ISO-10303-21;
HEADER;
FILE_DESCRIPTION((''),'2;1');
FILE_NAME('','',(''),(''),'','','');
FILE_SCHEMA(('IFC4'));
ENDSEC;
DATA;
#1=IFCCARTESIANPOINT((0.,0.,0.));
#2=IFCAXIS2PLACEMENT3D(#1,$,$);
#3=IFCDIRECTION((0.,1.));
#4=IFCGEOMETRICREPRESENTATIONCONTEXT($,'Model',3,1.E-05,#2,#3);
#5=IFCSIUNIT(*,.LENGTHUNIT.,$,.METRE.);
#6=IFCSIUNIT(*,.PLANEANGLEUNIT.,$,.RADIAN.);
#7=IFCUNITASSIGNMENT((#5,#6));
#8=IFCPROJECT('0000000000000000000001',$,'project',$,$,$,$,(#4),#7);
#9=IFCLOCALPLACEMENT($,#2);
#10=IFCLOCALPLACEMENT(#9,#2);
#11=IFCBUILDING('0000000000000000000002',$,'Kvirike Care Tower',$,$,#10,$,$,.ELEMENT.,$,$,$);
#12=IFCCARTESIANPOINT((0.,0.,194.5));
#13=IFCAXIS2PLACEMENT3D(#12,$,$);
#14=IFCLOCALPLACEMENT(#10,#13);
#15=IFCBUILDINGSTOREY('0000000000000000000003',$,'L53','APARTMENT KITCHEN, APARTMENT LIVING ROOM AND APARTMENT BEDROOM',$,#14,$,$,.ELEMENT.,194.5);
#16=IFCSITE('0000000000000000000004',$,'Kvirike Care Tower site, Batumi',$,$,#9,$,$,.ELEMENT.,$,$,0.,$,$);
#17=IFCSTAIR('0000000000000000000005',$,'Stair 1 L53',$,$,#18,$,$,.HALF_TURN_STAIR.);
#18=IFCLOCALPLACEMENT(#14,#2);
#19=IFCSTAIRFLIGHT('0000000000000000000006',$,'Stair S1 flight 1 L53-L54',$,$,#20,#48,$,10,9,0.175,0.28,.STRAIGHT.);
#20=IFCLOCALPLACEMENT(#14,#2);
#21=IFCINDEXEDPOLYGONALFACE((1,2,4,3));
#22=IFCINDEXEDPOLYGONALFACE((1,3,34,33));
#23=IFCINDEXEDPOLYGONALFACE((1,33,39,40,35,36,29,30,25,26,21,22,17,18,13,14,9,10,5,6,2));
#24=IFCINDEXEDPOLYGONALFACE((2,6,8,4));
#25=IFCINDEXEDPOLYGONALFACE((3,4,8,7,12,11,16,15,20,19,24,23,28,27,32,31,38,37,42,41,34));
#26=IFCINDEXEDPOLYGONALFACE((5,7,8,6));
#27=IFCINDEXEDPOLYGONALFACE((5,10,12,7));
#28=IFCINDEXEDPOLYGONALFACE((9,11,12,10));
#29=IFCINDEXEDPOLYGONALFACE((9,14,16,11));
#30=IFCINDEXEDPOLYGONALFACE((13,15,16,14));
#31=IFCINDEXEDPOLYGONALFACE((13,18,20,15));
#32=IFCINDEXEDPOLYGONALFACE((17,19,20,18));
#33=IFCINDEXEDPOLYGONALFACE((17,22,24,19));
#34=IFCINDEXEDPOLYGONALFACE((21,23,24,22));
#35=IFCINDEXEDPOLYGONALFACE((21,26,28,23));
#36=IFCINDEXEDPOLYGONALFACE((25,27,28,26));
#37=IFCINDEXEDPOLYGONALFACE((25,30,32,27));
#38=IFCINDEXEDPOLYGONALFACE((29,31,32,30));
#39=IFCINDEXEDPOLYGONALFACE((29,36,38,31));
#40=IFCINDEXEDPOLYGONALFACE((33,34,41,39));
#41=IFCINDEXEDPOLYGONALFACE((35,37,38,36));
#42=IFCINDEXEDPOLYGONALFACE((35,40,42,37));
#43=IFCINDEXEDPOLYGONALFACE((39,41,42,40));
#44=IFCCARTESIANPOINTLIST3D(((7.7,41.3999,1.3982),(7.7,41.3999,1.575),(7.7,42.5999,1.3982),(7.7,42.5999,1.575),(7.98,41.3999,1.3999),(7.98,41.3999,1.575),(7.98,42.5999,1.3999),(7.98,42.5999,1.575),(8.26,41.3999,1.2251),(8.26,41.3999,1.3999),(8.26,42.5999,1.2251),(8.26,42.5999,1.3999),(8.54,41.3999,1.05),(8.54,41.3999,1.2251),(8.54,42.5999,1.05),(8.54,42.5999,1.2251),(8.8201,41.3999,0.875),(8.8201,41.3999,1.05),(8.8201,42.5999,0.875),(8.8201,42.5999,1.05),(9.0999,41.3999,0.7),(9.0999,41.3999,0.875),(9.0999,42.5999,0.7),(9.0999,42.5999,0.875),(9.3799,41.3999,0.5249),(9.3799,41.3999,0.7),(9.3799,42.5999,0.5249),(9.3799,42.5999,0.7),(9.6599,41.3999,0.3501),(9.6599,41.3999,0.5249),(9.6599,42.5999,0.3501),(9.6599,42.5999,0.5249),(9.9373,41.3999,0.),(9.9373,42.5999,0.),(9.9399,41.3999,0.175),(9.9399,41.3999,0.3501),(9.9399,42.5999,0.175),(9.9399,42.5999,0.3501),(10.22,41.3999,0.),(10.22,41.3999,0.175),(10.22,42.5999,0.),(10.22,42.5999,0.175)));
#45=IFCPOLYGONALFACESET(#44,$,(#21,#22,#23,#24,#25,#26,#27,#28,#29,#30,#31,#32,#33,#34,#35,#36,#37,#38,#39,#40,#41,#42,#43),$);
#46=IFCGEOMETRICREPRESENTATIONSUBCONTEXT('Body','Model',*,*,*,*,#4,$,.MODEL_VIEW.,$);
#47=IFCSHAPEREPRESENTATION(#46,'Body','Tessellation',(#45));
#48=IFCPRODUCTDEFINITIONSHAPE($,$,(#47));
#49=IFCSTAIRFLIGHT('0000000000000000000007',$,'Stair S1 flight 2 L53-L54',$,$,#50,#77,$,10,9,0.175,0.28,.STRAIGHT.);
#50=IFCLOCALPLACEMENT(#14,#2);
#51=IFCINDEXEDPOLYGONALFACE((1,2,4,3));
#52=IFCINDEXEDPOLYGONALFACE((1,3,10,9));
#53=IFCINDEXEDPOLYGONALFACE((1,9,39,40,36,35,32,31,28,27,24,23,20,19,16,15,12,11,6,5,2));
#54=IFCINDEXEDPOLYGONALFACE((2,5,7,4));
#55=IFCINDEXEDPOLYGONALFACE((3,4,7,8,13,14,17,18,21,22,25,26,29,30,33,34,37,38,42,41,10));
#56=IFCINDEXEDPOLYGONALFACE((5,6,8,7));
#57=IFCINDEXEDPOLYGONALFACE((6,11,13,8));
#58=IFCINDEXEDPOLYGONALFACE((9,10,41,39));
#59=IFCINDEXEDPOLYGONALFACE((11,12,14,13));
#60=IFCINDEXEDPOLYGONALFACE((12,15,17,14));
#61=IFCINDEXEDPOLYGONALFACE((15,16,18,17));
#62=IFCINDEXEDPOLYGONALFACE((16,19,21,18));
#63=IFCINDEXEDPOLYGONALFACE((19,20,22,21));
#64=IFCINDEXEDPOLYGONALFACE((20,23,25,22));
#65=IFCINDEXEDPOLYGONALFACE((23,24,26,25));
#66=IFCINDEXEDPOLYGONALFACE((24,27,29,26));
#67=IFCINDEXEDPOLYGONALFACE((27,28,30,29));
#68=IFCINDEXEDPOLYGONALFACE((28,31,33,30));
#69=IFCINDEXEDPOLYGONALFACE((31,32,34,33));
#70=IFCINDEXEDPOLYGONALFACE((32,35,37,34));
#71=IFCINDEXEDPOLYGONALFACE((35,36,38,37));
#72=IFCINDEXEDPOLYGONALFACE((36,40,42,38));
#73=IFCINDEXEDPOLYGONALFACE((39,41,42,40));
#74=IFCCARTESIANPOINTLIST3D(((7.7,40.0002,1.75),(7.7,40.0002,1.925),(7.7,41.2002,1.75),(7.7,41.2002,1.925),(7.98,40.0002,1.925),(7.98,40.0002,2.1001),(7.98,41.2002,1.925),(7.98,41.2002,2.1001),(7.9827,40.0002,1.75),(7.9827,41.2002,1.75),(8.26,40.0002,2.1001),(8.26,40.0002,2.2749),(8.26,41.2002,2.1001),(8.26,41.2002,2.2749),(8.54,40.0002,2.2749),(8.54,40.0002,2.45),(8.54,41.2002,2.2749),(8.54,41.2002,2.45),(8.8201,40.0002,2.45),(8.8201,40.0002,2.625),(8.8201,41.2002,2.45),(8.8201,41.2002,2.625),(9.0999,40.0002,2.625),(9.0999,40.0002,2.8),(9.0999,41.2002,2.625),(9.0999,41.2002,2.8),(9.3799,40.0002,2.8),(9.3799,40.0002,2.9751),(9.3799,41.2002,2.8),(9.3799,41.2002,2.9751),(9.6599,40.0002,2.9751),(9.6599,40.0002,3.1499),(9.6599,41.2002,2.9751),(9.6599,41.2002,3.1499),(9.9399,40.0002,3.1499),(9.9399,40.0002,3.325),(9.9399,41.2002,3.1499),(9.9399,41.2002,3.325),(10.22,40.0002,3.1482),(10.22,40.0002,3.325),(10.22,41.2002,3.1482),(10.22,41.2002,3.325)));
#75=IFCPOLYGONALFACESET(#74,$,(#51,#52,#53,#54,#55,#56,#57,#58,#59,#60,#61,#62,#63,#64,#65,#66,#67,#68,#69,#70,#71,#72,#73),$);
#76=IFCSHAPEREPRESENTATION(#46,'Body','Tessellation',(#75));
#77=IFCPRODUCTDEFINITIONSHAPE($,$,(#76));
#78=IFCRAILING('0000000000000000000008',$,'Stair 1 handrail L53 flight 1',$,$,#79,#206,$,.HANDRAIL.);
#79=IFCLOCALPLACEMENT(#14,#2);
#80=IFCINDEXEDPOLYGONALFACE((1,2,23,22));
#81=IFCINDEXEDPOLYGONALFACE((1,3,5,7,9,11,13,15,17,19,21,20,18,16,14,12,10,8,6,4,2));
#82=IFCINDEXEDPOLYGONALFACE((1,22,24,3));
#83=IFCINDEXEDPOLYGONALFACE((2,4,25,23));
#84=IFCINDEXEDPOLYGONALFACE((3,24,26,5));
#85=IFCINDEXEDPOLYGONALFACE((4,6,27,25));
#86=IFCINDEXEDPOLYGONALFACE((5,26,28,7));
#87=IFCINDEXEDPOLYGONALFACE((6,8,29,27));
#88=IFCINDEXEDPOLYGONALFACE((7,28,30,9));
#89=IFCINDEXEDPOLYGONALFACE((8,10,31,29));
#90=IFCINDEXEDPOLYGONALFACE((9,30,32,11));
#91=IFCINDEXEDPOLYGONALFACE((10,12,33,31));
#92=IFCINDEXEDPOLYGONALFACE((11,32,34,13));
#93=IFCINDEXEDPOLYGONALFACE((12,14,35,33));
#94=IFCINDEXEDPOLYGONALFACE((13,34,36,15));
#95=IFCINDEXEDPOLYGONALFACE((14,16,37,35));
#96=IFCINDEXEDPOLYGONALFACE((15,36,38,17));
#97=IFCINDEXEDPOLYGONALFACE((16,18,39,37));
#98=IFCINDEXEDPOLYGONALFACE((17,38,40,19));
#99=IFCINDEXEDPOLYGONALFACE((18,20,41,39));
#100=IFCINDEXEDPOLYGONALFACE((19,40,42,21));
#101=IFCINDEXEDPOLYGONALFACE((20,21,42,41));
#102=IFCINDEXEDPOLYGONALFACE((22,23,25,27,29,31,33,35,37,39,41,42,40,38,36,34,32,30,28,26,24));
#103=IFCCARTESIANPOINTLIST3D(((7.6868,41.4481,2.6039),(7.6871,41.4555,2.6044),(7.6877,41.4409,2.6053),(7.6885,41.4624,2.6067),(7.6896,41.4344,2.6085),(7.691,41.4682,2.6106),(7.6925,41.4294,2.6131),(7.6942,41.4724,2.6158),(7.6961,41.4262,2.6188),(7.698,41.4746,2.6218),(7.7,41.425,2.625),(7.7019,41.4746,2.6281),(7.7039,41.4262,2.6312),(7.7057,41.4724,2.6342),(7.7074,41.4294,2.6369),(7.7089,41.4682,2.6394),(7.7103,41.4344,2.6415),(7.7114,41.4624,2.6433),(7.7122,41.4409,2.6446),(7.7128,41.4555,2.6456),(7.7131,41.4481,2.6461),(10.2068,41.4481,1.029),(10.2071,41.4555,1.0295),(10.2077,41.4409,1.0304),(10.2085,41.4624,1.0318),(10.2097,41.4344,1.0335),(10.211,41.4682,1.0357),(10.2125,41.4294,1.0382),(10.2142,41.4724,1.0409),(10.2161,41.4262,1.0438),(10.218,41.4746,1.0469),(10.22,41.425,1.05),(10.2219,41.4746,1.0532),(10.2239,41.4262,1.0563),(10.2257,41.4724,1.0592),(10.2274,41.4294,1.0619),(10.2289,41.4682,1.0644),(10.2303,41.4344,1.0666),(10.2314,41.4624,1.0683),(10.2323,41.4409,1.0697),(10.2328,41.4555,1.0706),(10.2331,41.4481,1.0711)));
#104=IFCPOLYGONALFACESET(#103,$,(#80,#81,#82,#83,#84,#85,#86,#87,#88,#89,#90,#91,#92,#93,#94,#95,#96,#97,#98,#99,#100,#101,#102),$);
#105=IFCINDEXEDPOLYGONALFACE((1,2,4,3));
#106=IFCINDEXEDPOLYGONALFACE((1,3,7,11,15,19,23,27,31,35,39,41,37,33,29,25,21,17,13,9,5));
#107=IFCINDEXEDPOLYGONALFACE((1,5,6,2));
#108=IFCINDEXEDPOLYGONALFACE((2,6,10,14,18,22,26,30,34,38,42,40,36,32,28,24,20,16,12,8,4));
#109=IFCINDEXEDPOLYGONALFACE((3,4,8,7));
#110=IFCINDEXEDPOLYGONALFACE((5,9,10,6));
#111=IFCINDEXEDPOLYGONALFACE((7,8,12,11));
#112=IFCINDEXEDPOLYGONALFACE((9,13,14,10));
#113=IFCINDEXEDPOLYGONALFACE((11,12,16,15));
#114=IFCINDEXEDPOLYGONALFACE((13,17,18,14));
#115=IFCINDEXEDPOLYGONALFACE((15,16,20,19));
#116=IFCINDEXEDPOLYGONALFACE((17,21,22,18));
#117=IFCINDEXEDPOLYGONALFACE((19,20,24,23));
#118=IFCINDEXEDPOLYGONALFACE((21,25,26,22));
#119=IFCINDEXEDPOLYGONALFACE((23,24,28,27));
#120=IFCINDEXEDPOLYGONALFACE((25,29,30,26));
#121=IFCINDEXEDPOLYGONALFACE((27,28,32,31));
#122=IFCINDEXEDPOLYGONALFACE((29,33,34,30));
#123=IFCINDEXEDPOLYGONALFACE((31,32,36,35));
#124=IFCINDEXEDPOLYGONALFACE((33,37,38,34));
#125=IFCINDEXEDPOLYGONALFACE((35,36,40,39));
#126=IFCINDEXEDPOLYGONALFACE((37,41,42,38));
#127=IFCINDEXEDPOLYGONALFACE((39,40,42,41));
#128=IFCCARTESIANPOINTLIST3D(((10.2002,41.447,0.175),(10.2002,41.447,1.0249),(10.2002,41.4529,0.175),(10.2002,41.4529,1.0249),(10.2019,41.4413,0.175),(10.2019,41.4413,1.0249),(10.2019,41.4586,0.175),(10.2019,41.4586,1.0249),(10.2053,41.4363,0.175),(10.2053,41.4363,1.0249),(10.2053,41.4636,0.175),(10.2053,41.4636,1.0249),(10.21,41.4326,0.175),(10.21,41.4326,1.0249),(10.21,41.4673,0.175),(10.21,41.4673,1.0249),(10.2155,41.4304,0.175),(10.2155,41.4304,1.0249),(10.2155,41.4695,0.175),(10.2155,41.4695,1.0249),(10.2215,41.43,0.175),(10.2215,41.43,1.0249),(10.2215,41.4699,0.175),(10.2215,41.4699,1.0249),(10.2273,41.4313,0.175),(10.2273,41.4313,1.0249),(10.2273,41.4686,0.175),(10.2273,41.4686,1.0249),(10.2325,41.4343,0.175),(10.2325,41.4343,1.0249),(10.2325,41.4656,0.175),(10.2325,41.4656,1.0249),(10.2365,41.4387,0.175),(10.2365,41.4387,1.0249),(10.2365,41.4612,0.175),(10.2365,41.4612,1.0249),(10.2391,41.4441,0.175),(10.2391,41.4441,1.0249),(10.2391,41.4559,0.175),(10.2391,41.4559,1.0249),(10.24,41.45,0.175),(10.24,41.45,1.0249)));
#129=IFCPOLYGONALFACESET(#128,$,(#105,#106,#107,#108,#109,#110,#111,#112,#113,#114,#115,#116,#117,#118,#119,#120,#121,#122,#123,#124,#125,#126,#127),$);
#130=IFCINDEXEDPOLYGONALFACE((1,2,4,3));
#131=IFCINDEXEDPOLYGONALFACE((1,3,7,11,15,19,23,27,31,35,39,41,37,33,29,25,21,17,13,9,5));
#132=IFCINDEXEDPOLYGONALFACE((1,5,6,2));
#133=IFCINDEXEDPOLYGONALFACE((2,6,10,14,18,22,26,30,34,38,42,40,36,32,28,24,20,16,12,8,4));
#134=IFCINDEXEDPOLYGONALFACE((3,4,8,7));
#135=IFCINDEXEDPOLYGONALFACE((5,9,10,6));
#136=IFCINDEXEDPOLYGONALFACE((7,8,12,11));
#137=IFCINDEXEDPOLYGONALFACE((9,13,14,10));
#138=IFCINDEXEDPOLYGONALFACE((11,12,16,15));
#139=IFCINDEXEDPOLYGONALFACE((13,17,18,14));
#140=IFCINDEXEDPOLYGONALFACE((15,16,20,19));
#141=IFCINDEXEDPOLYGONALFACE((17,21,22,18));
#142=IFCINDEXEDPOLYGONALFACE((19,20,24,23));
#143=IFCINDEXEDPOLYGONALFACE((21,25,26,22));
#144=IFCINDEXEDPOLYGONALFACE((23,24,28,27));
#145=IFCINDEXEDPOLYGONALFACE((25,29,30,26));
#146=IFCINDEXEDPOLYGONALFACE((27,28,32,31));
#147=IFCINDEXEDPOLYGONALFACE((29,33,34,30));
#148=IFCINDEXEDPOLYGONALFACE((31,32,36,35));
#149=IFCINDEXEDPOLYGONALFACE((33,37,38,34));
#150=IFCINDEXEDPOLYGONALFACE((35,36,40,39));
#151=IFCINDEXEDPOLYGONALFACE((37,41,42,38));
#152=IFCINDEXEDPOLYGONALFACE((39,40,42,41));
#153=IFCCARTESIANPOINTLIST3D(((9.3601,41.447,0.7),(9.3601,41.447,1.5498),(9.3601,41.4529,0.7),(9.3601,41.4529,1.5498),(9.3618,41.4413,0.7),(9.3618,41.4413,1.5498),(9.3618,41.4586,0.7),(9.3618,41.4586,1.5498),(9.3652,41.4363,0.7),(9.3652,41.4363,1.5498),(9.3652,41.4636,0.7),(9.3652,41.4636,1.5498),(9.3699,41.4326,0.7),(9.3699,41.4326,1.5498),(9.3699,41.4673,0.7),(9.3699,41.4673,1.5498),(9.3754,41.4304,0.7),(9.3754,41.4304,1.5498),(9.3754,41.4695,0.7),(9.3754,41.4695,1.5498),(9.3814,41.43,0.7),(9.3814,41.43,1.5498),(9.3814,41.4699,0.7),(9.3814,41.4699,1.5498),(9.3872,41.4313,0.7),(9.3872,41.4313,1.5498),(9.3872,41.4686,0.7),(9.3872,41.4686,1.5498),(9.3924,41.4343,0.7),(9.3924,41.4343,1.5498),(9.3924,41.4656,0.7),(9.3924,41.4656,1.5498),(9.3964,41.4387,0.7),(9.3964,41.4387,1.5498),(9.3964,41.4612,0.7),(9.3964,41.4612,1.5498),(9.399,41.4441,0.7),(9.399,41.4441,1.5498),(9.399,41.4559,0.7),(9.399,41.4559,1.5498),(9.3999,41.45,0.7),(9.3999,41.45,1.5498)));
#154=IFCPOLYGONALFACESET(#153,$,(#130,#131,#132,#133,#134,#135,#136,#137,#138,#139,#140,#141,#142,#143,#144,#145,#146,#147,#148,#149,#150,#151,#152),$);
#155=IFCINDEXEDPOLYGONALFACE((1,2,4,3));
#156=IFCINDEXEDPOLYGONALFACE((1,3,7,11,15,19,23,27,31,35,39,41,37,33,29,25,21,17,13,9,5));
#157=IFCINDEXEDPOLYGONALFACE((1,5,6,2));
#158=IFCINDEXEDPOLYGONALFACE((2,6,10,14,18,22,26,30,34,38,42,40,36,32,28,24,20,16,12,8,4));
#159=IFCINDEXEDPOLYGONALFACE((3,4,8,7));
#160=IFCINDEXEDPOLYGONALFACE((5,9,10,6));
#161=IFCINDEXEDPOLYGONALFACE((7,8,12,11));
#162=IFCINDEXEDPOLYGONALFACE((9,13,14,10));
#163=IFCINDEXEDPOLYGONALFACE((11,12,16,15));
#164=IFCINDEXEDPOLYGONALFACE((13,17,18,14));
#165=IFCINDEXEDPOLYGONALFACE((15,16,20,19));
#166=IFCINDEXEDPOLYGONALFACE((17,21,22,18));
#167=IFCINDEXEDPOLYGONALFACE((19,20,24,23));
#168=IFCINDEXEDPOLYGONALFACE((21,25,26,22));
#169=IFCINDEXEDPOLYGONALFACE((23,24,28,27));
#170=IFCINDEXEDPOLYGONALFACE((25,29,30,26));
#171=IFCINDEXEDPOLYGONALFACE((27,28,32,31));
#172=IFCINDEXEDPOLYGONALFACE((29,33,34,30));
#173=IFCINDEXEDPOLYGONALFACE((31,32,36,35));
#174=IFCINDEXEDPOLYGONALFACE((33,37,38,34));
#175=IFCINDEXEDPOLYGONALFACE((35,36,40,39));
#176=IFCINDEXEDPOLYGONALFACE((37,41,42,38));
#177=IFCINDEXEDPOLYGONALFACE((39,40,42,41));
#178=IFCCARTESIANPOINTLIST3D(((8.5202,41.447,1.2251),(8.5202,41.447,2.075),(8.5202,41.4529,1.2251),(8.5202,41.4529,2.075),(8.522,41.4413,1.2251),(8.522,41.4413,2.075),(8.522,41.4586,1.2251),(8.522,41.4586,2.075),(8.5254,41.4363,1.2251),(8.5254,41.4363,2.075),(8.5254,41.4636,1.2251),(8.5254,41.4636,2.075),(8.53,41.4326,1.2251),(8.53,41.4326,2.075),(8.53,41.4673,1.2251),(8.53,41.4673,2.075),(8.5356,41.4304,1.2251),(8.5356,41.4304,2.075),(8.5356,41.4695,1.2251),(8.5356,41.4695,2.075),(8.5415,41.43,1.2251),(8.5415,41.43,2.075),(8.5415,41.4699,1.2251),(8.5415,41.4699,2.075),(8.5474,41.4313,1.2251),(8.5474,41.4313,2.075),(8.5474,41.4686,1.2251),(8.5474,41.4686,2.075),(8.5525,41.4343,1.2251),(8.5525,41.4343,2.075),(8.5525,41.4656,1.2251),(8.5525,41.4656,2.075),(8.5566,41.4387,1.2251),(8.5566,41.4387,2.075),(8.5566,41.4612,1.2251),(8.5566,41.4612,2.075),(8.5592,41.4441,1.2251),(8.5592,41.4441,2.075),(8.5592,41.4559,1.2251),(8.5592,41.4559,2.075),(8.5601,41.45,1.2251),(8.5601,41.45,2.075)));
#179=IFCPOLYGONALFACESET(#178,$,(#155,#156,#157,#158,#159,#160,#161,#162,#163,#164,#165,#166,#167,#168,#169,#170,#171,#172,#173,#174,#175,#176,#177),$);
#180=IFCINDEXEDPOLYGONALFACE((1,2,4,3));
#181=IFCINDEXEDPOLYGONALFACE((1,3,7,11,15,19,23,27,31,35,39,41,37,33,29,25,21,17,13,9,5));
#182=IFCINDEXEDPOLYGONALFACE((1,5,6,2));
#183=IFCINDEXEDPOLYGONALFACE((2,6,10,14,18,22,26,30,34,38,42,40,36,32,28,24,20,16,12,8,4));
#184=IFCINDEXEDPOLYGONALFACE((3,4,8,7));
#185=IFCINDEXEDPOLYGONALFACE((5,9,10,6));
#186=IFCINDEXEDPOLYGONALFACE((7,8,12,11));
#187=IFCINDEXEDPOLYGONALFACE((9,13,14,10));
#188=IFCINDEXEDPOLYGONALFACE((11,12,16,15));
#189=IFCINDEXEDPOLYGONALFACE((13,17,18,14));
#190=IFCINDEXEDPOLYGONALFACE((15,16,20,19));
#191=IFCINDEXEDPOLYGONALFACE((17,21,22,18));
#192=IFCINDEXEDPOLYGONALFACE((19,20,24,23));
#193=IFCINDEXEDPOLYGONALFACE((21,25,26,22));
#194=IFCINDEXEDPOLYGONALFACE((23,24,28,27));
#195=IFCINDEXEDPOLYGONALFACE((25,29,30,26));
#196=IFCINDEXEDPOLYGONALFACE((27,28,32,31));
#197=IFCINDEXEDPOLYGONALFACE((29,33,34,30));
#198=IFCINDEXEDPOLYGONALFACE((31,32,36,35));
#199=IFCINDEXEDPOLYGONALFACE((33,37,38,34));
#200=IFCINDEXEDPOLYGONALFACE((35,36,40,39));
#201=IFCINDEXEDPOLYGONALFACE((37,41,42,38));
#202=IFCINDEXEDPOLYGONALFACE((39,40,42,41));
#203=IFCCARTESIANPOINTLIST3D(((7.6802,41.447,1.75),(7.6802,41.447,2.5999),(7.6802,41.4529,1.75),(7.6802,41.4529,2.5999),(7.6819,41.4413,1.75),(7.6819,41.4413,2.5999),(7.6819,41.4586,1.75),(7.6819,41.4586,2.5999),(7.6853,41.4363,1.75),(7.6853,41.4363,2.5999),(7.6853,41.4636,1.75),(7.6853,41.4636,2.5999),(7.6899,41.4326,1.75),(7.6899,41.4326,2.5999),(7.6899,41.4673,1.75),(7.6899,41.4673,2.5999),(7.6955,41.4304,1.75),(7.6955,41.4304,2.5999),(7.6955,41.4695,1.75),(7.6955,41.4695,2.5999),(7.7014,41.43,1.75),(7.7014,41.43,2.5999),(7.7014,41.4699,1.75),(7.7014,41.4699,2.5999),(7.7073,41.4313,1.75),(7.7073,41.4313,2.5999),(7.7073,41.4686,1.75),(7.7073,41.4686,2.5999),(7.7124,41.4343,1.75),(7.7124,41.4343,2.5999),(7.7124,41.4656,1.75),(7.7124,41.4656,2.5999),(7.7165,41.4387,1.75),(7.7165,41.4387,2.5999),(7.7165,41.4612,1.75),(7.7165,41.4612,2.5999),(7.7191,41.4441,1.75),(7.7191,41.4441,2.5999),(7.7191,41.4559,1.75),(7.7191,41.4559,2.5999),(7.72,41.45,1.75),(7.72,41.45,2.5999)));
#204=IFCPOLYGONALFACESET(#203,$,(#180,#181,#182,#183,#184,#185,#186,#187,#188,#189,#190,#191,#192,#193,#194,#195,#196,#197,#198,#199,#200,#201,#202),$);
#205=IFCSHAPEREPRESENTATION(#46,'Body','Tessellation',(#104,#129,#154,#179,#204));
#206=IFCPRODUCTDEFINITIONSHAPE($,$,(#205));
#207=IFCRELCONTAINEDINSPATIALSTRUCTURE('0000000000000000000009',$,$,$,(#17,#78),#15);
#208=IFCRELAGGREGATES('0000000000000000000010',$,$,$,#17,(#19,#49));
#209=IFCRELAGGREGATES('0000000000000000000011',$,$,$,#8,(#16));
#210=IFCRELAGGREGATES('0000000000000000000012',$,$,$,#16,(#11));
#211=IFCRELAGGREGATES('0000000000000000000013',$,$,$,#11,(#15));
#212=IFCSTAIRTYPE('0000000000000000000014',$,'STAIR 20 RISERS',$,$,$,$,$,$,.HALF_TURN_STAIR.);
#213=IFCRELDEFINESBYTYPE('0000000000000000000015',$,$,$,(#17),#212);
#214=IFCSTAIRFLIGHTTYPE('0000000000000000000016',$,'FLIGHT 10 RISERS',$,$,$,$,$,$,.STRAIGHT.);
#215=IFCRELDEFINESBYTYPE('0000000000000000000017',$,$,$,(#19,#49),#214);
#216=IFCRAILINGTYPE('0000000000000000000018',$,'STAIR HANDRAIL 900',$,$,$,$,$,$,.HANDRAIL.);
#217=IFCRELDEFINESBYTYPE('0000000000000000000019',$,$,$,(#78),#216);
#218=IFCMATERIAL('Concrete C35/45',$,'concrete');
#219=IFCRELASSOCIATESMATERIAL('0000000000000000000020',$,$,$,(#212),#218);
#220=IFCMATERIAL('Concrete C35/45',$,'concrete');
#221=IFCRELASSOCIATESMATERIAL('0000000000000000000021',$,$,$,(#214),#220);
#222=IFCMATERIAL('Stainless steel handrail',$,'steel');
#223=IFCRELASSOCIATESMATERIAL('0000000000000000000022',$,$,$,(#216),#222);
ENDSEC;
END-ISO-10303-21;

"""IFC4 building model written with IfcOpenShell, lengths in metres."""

from ifc_helpers import new_model, si_unit, direction, frame, origin, origin_2d, place, context, subcontext, project, spatial, polyline, circle, outline, extrude, material, type_object, element, aggregate, save


model = new_model("IFC4")

# Units and contexts
model_context = context("Model", 3, precision=1e-05, world=origin(), true_north=direction((0.0, 1.0)))
body_context = subcontext(model_context, "Body", "Model", "MODEL_VIEW")
ifc_project = project(units=[si_unit("LENGTHUNIT", "METRE"), si_unit("PLANEANGLEUNIT", "RADIAN")], contexts=[model_context])

# Site, building, storey
site_placement = place(None, origin())
site = spatial("IfcSite", under=ifc_project, at=site_placement, Name="Kvirike Care Tower site, Batumi", CompositionType="ELEMENT", RefElevation=0.0)
building_placement = place(site_placement, origin())
building = spatial("IfcBuilding", under=site, at=building_placement, Name="Kvirike Care Tower", CompositionType="ELEMENT")
storey_placement = place(building_placement, frame((0.0, 0.0, 194.5)))
storey = spatial("IfcBuildingStorey", under=building, at=storey_placement, Name="L53", Description="APARTMENT KITCHEN, APARTMENT LIVING ROOM AND APARTMENT BEDROOM", CompositionType="ELEMENT", Elevation=194.5)

# Stair, stair flights
ifc_material_1 = material(Name="Concrete C35/45", Category="concrete")
stair_type = type_object("IfcStairType", Name="STAIR 20 RISERS", PredefinedType="HALF_TURN_STAIR", material=ifc_material_1)
stair_placement = place(storey_placement, origin())
stair = element("IfcStair", 1, at=stair_placement, inside=storey, type_object=stair_type, Name="Stair 1 L53", PredefinedType="HALF_TURN_STAIR")
ifc_material_2 = material(Name="Concrete C35/45", Category="concrete")
stair_flight_type = type_object("IfcStairFlightType", Name="FLIGHT 10 RISERS", PredefinedType="STRAIGHT", material=ifc_material_2)
stair_flight_1_placement = place(storey_placement, frame((10.22, 42.0, 0.0), z_axis=(0.0, 0.0, 1.0), x_axis=(-1.0, 0.0, 0.0)))
stair_flight_1 = element("IfcStairFlight", 2, at=stair_flight_1_placement, type_object=stair_flight_type, Name="Stair S1 flight 1 L53-L54", NumberOfRisers=10, NumberOfTreads=9, PredefinedType="STRAIGHT", RiserHeight=0.175, TreadLength=0.28, context=body_context, shape_type="SweptSolid", body=[
    extrude(outline(polyline([(0.0, 0.0), (0.0, 0.175), (0.28, 0.175), (0.28, 0.3501), (0.5601, 0.3501), (0.5601, 0.5249), (0.8401, 0.5249), (0.8401, 0.7), (1.1201, 0.7), (1.1201, 0.875), (1.3999, 0.875), (1.3999, 1.05), (1.6799, 1.05), (1.6799, 1.2251), (1.96, 1.2251), (1.96, 1.3999), (2.24, 1.3999), (2.24, 1.575), (2.52, 1.575), (2.52, 1.75), (2.52, 1.3982), (0.2827, 0.0), (0.0, 0.0)])), frame((0.0, 0.6001, 0.0), z_axis=(0.0, -1.0, 0.0), x_axis=(1.0, 0.0, 0.0)), (0.0, 0.0, 1.0), 1.2),
])
stair_flight_2_placement = place(storey_placement, frame((7.7, 40.6001, 1.75), z_axis=(0.0, 0.0, 1.0), x_axis=(1.0, 0.0, 0.0)))
stair_flight_2 = element("IfcStairFlight", 3, at=stair_flight_2_placement, type_object=stair_flight_type, Name="Stair S1 flight 2 L53-L54", NumberOfRisers=10, NumberOfTreads=9, PredefinedType="STRAIGHT", RiserHeight=0.175, TreadLength=0.28, context=body_context, shape_type="SweptSolid", body=[
    extrude(outline(polyline([(0.0, 0.0), (0.0, 0.175), (0.28, 0.175), (0.28, 0.3501), (0.5601, 0.3501), (0.5601, 0.5249), (0.8401, 0.5249), (0.8401, 0.7), (1.1201, 0.7), (1.1201, 0.875), (1.3999, 0.875), (1.3999, 1.05), (1.6799, 1.05), (1.6799, 1.2251), (1.96, 1.2251), (1.96, 1.3999), (2.24, 1.3999), (2.24, 1.575), (2.52, 1.575), (2.52, 1.75), (2.52, 1.3982), (0.2827, 0.0), (0.0, 0.0)])), frame((0.0, 0.6001, 0.0), z_axis=(0.0, -1.0, 0.0), x_axis=(1.0, 0.0, 0.0)), (0.0, 0.0, 1.0), 1.2),
])
aggregate(stair, [stair_flight_1, stair_flight_2])

# Railing
ifc_material_3 = material(Name="Stainless steel handrail", Category="steel")
railing_type = type_object("IfcRailingType", Name="STAIR HANDRAIL 900", PredefinedType="HANDRAIL", material=ifc_material_3)
railing_1_placement = place(storey_placement, frame((10.22, 41.45, 0.175)))
element("IfcRailing", 4, at=railing_1_placement, inside=storey, type_object=railing_type, Name="Stair 1 handrail L53 flight 1", PredefinedType="HANDRAIL", context=body_context, shape_type="SweptSolid", body=[
    extrude(circle(Radius=0.0249, at=origin_2d()), frame((0.0, 0.0, 0.875), z_axis=(-0.848008, 0.0, 0.529984), x_axis=(0.0, -1.0, 0.0)), (0.0, 0.0, 1.0), 2.9717),
    extrude(circle(Radius=0.02, at=origin_2d()), origin(), (0.0, 0.0, 1.0), 0.8499),
    extrude(circle(Radius=0.02, at=origin_2d()), frame((-0.8401, 0.0, 0.5249)), (0.0, 0.0, 1.0), 0.8499),
    extrude(circle(Radius=0.02, at=origin_2d()), frame((-1.6799, 0.0, 1.05)), (0.0, 0.0, 1.0), 0.8499),
    extrude(circle(Radius=0.02, at=origin_2d()), frame((-2.52, 0.0, 1.575)), (0.0, 0.0, 1.0), 0.8499),
])

save(model, "model.ifc")
